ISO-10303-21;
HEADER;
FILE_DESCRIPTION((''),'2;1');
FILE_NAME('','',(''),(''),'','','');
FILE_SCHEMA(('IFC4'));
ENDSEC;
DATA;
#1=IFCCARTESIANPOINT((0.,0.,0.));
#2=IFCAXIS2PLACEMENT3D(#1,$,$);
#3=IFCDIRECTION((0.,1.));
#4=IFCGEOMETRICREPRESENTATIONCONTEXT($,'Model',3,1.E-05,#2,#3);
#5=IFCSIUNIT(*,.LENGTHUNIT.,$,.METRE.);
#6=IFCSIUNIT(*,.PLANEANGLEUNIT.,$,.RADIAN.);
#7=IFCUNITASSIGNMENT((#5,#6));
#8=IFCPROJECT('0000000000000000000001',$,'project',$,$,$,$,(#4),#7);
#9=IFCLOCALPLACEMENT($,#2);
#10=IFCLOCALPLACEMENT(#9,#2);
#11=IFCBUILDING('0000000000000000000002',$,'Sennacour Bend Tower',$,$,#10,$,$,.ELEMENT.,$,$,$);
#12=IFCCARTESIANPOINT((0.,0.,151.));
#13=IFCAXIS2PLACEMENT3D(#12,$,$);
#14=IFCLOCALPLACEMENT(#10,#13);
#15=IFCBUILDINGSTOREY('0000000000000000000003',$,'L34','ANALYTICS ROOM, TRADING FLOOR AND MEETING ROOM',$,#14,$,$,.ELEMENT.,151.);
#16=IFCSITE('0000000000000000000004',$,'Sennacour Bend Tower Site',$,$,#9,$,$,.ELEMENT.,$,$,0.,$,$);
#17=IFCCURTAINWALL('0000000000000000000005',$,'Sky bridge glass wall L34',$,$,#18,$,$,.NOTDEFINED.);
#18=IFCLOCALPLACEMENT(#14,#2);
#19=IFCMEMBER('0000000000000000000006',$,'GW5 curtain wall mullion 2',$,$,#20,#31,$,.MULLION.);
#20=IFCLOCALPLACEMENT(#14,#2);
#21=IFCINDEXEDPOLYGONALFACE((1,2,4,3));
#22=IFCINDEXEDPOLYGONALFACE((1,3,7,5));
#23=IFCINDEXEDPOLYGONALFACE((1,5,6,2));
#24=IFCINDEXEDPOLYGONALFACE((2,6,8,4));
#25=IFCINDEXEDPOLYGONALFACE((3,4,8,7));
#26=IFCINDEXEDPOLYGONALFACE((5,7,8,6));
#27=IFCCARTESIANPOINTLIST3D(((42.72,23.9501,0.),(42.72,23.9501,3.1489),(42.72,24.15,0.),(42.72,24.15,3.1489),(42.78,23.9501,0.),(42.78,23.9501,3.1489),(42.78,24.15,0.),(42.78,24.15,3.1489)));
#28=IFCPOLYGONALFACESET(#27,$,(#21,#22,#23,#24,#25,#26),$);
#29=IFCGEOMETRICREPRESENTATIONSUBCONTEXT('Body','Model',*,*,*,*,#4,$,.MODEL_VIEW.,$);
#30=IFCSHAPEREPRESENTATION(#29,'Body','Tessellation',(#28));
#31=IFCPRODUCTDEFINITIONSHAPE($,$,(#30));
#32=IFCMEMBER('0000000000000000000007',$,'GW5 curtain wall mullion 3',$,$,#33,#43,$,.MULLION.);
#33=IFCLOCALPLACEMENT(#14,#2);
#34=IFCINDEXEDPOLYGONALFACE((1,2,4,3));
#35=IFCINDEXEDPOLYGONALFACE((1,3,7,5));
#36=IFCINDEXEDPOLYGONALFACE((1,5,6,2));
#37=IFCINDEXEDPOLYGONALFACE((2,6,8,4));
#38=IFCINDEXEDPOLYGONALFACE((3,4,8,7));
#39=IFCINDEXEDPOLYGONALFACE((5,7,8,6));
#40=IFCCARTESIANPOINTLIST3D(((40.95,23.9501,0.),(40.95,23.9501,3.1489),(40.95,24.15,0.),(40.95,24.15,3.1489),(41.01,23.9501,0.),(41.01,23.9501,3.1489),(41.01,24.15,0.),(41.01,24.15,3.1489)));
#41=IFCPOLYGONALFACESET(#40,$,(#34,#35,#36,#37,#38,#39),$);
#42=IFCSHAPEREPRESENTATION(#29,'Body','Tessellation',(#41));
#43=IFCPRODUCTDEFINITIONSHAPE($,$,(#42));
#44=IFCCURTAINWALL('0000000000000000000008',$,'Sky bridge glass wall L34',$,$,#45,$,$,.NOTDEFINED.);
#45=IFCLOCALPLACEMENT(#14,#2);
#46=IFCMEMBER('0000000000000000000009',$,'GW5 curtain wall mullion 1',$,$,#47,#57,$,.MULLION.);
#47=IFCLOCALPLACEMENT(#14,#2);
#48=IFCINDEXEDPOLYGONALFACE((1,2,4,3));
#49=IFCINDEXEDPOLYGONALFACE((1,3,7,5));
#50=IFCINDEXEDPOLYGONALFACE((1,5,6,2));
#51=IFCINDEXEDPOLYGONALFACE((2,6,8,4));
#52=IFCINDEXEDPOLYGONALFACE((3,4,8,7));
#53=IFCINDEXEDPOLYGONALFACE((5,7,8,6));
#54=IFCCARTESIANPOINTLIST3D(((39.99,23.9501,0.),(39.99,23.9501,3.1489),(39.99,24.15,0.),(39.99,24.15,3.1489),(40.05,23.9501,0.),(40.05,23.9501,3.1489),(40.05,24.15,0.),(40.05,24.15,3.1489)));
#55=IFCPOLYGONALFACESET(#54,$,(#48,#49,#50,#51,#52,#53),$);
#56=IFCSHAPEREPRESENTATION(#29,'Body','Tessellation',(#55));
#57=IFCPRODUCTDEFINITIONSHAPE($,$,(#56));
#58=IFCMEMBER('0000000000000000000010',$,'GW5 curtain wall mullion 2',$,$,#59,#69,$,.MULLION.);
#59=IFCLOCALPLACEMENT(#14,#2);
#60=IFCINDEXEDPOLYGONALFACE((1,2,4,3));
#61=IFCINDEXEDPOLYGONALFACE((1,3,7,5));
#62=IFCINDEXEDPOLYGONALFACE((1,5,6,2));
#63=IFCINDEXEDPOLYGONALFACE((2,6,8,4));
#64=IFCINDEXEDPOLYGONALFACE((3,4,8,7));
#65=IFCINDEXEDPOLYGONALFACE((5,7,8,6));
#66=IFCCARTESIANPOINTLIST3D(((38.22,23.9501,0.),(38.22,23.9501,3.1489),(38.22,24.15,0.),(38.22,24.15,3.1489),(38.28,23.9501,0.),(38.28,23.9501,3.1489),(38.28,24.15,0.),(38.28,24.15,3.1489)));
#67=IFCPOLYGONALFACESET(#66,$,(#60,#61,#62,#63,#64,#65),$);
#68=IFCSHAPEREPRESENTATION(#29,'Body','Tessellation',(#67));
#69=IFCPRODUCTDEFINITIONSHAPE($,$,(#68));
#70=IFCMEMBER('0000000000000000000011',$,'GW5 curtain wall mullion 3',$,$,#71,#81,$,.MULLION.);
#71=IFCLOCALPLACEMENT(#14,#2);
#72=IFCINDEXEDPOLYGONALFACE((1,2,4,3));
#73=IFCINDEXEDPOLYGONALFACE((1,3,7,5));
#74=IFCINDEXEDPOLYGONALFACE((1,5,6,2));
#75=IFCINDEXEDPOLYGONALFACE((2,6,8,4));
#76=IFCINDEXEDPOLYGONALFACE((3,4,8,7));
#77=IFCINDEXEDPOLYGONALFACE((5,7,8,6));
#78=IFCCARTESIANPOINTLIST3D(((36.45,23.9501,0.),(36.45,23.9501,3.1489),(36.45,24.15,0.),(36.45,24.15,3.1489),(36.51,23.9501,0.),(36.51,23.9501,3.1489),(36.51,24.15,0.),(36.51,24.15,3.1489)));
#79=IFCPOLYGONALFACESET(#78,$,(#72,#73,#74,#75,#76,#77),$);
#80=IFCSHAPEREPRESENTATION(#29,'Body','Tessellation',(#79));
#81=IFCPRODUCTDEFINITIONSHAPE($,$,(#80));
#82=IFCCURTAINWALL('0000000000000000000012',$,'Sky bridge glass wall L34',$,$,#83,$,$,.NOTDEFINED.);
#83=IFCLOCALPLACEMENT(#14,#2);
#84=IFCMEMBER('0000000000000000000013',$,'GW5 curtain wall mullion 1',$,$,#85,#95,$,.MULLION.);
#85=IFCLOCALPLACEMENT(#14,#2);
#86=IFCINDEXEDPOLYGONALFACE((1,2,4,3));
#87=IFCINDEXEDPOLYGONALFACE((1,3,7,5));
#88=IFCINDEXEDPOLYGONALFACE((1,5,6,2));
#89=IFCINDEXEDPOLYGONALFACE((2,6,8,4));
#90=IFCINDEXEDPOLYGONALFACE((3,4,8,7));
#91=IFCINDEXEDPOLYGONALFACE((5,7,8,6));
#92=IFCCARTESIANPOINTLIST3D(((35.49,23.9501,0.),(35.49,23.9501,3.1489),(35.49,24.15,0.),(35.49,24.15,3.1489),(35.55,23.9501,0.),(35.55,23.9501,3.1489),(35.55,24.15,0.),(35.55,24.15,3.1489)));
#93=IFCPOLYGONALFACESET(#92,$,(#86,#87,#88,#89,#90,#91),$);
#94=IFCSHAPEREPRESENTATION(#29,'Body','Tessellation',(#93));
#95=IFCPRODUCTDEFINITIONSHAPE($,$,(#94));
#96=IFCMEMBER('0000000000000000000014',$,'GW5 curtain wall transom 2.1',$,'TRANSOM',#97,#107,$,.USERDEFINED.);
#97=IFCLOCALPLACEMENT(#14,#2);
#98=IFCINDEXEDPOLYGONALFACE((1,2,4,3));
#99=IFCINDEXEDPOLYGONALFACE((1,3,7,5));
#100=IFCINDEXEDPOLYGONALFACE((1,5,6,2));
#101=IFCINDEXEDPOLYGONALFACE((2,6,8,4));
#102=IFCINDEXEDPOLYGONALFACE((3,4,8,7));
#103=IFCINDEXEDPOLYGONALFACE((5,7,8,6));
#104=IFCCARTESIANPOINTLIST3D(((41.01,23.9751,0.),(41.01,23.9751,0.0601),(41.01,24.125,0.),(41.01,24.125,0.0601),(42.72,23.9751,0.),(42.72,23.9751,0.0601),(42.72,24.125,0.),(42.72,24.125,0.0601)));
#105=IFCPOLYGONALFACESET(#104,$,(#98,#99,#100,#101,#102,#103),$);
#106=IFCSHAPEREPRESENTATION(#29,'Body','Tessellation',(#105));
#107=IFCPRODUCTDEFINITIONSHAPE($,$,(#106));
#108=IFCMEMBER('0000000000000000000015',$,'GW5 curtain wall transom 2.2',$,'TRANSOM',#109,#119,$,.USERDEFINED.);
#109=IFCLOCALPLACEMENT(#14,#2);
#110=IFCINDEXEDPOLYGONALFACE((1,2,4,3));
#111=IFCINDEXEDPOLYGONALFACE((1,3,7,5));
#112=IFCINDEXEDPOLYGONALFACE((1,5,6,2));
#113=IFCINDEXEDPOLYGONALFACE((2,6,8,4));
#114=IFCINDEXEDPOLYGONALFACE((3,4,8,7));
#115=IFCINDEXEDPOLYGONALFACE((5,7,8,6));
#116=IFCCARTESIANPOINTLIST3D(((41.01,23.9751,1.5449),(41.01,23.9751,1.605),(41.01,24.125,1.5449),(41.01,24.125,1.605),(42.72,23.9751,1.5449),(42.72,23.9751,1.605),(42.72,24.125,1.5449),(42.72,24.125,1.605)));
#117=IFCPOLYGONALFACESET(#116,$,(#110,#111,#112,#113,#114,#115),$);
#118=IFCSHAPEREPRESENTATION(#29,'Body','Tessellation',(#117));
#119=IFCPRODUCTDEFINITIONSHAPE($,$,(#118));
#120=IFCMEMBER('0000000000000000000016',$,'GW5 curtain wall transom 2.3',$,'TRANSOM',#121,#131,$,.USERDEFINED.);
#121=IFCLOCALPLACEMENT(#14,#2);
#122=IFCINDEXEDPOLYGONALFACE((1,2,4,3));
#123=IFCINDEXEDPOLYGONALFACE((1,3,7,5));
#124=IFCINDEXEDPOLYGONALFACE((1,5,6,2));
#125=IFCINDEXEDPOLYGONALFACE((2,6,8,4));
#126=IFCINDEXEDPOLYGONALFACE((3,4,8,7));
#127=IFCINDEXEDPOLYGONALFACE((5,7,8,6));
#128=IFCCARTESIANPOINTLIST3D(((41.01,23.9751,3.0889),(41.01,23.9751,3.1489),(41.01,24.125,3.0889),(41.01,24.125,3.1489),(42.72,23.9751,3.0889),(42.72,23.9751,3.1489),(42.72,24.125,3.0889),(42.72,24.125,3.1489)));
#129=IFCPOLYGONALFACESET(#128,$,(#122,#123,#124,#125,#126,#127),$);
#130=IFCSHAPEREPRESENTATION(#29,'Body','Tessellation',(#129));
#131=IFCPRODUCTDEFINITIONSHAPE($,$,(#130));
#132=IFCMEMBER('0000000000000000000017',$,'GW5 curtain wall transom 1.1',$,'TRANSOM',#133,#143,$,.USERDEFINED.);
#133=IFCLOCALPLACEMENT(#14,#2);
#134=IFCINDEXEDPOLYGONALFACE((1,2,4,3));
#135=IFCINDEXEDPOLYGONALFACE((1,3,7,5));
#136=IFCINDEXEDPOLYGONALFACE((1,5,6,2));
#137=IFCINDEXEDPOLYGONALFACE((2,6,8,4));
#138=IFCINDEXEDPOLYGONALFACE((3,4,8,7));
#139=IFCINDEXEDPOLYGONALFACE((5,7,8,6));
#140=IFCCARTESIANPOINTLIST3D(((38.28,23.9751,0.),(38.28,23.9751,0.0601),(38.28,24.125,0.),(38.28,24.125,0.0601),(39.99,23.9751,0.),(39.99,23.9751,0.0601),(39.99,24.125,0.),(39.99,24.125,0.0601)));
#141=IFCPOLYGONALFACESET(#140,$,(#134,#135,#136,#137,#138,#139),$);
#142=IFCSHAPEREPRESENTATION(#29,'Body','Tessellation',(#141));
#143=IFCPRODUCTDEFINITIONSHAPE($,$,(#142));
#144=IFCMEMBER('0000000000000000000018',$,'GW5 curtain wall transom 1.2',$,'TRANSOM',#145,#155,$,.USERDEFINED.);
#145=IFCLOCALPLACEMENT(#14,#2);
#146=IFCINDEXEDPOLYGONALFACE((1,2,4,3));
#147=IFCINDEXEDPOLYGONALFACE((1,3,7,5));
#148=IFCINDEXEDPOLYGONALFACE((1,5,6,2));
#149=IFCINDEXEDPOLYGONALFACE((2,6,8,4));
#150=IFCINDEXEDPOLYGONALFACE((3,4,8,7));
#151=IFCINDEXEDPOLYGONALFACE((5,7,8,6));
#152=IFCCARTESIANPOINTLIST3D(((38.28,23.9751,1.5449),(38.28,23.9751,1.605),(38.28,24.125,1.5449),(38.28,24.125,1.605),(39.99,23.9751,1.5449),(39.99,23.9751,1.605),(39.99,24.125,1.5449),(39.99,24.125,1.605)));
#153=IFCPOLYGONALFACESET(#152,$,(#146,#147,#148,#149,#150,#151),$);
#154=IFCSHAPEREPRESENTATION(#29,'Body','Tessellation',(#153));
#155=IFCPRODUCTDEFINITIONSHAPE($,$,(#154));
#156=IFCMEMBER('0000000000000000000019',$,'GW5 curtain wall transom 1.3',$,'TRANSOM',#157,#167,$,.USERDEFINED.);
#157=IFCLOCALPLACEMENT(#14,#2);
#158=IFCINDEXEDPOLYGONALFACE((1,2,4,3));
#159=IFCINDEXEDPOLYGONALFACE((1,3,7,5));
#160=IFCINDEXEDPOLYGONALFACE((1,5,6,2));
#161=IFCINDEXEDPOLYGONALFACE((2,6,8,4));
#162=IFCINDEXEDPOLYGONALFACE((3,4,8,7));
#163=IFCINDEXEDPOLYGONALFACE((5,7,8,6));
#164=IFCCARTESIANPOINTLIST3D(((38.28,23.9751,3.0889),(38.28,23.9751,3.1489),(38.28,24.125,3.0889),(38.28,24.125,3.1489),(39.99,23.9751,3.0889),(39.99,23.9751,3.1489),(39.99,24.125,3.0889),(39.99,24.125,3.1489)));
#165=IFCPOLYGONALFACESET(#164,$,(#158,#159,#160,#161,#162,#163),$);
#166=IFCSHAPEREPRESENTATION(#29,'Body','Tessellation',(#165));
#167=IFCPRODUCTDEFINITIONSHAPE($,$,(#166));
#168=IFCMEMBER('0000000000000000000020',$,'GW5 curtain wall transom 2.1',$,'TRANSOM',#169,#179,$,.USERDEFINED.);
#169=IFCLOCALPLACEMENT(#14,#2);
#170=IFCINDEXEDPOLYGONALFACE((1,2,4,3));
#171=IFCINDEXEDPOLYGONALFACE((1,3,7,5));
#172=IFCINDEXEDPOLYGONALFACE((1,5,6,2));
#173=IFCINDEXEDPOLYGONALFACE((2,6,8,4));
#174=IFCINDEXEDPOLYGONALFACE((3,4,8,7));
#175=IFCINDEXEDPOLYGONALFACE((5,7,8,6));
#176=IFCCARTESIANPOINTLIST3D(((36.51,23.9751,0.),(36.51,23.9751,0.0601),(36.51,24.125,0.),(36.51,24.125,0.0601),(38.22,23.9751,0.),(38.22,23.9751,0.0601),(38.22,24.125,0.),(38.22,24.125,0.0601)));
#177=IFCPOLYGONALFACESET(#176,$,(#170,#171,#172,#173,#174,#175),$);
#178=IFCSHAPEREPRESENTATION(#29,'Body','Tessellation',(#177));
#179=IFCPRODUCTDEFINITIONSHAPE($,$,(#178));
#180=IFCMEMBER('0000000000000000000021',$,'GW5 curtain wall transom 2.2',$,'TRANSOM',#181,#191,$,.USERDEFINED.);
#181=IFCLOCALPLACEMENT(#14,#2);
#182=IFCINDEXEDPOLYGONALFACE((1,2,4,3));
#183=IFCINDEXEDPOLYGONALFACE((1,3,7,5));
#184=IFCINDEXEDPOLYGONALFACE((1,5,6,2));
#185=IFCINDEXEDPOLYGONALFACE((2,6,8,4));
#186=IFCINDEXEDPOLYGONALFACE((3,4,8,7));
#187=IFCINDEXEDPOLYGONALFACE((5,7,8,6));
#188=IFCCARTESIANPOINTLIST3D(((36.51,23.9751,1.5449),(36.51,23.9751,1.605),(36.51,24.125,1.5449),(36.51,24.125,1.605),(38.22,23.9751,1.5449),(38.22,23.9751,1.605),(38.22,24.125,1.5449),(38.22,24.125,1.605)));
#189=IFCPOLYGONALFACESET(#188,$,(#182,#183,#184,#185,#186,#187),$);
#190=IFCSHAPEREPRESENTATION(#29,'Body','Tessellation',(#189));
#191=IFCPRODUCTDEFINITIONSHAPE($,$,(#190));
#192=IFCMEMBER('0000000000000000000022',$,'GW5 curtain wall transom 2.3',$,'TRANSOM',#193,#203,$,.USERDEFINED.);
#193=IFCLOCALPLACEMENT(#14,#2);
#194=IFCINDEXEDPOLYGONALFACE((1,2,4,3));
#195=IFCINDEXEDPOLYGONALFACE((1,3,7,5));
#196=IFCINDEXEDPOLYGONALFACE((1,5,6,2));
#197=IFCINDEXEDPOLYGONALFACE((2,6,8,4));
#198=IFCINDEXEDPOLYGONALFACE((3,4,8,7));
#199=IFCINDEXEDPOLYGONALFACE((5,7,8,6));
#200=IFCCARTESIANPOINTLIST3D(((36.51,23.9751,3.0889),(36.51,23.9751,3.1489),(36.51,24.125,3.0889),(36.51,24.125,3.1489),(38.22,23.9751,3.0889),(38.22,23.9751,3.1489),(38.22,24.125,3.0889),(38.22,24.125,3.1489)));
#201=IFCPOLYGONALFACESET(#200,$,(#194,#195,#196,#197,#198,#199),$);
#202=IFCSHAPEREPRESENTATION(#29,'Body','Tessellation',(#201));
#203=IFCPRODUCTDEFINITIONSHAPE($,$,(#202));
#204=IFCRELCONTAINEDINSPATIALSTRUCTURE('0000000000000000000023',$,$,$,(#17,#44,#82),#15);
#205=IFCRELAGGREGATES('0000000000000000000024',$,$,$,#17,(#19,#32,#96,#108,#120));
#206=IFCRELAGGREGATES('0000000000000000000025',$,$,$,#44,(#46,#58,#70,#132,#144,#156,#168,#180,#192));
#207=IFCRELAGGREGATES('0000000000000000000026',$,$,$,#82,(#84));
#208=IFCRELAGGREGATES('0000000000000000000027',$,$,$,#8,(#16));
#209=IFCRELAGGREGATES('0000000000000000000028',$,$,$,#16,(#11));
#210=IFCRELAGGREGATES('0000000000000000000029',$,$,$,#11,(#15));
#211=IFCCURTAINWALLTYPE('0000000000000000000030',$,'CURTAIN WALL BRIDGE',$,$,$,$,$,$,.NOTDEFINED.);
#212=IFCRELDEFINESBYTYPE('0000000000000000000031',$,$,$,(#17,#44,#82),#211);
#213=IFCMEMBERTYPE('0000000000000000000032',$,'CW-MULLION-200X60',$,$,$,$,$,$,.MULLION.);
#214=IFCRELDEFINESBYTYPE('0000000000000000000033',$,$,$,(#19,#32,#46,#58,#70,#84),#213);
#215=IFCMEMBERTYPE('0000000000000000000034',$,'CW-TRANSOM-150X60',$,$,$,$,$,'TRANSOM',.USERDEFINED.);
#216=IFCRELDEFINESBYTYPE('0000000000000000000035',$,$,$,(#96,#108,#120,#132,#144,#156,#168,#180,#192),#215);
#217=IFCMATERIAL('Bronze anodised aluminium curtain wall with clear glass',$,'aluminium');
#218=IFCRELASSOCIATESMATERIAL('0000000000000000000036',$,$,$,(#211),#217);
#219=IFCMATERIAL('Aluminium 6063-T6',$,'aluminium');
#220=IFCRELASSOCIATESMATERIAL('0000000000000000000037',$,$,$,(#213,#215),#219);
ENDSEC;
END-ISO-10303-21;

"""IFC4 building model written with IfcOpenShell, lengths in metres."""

from ifc_helpers import new_model, si_unit, direction, frame, origin, origin_2d, place, context, subcontext, project, spatial, rectangle, extrude, material, material_profile, profile_set, type_object, element, aggregate, save


model = new_model("IFC4")

# Units and contexts
model_context = context("Model", 3, precision=1e-05, world=origin(), true_north=direction((0.0, 1.0)))
body_context = subcontext(model_context, "Body", "Model", "MODEL_VIEW")
ifc_project = project(units=[si_unit("LENGTHUNIT", "METRE"), si_unit("PLANEANGLEUNIT", "RADIAN")], contexts=[model_context])

# Site, building, storey
site_placement = place(None, origin())
site = spatial("IfcSite", under=ifc_project, at=site_placement, Name="Sennacour Bend Tower Site", CompositionType="ELEMENT", RefElevation=0.0)
building_placement = place(site_placement, origin())
building = spatial("IfcBuilding", under=site, at=building_placement, Name="Sennacour Bend Tower", CompositionType="ELEMENT")
storey_placement = place(building_placement, frame((0.0, 0.0, 151.0)))
storey = spatial("IfcBuildingStorey", under=building, at=storey_placement, Name="L34", Description="ANALYTICS ROOM, TRADING FLOOR AND MEETING ROOM", CompositionType="ELEMENT", Elevation=151.0)

# Curtain walls, members
ifc_material_1 = material(Name="Bronze anodised aluminium curtain wall with clear glass", Category="aluminium")
curtain_wall_type = type_object("IfcCurtainWallType", Name="CURTAIN WALL BRIDGE", PredefinedType="NOTDEFINED", material=ifc_material_1)
curtain_wall_1_placement = place(storey_placement, origin())
curtain_wall_1 = element("IfcCurtainWall", 1, at=curtain_wall_1_placement, inside=storey, type_object=curtain_wall_type, Name="Sky bridge glass wall L34", PredefinedType="NOTDEFINED")
ifc_material_2 = material(Name="Aluminium 6063-T6", Category="aluminium")
ifc_material_profile_1 = material_profile(ifc_material_2, rectangle(XDim=0.2, YDim=0.0601, at=origin_2d()), Name="Aluminium 6063-T6", Category="aluminium")
ifc_profile_set_1 = profile_set([ifc_material_profile_1], Name="Aluminium 6063-T6")
member_type_1 = type_object("IfcMemberType", Name="CW-MULLION-200X60", PredefinedType="MULLION", material=ifc_profile_set_1)
member_1_placement = place(storey_placement, frame((42.75, 24.05, 0.0), z_axis=(0.0, 0.0, 1.0), x_axis=(0.0, -1.0, 0.0)))
member_1 = element("IfcMember", 2, at=member_1_placement, type_object=member_type_1, Name="GW5 curtain wall mullion 2", PredefinedType="MULLION", context=body_context, shape_type="SweptSolid", body=[
    extrude(rectangle(XDim=0.2, YDim=0.0601, at=origin_2d()), origin(), (0.0, 0.0, 1.0), 3.1489),
])
member_2_placement = place(storey_placement, frame((40.98, 24.05, 0.0), z_axis=(0.0, 0.0, 1.0), x_axis=(0.0, -1.0, 0.0)))
member_2 = element("IfcMember", 3, at=member_2_placement, type_object=member_type_1, Name="GW5 curtain wall mullion 3", PredefinedType="MULLION", context=body_context, shape_type="SweptSolid", body=[
    extrude(rectangle(XDim=0.2, YDim=0.0601, at=origin_2d()), origin(), (0.0, 0.0, 1.0), 3.1489),
])
curtain_wall_2_placement = place(storey_placement, origin())
curtain_wall_2 = element("IfcCurtainWall", 4, at=curtain_wall_2_placement, inside=storey, type_object=curtain_wall_type, Name="Sky bridge glass wall L34", PredefinedType="NOTDEFINED")
member_3_placement = place(storey_placement, frame((40.02, 24.05, 0.0), z_axis=(0.0, 0.0, 1.0), x_axis=(0.0, -1.0, 0.0)))
member_3 = element("IfcMember", 5, at=member_3_placement, type_object=member_type_1, Name="GW5 curtain wall mullion 1", PredefinedType="MULLION", context=body_context, shape_type="SweptSolid", body=[
    extrude(rectangle(XDim=0.2, YDim=0.0601, at=origin_2d()), origin(), (0.0, 0.0, 1.0), 3.1489),
])
member_4_placement = place(storey_placement, frame((38.25, 24.05, 0.0), z_axis=(0.0, 0.0, 1.0), x_axis=(0.0, -1.0, 0.0)))
member_4 = element("IfcMember", 6, at=member_4_placement, type_object=member_type_1, Name="GW5 curtain wall mullion 2", PredefinedType="MULLION", context=body_context, shape_type="SweptSolid", body=[
    extrude(rectangle(XDim=0.2, YDim=0.0601, at=origin_2d()), origin(), (0.0, 0.0, 1.0), 3.1489),
])
member_5_placement = place(storey_placement, frame((36.48, 24.05, 0.0), z_axis=(0.0, 0.0, 1.0), x_axis=(0.0, -1.0, 0.0)))
member_5 = element("IfcMember", 7, at=member_5_placement, type_object=member_type_1, Name="GW5 curtain wall mullion 3", PredefinedType="MULLION", context=body_context, shape_type="SweptSolid", body=[
    extrude(rectangle(XDim=0.2, YDim=0.0601, at=origin_2d()), origin(), (0.0, 0.0, 1.0), 3.1489),
])

# Curtain wall, member
curtain_wall_3_placement = place(storey_placement, origin())
curtain_wall_3 = element("IfcCurtainWall", 8, at=curtain_wall_3_placement, inside=storey, type_object=curtain_wall_type, Name="Sky bridge glass wall L34", PredefinedType="NOTDEFINED")
member_6_placement = place(storey_placement, frame((35.52, 24.05, 0.0), z_axis=(0.0, 0.0, 1.0), x_axis=(0.0, -1.0, 0.0)))
member_6 = element("IfcMember", 9, at=member_6_placement, type_object=member_type_1, Name="GW5 curtain wall mullion 1", PredefinedType="MULLION", context=body_context, shape_type="SweptSolid", body=[
    extrude(rectangle(XDim=0.2, YDim=0.0601, at=origin_2d()), origin(), (0.0, 0.0, 1.0), 3.1489),
])

# Members
ifc_material_profile_2 = material_profile(ifc_material_2, rectangle(XDim=0.1499, YDim=0.0601, at=origin_2d()), Name="Aluminium 6063-T6", Category="aluminium")
ifc_profile_set_2 = profile_set([ifc_material_profile_2], Name="Aluminium 6063-T6")
member_type_2 = type_object("IfcMemberType", Name="CW-TRANSOM-150X60", ElementType="TRANSOM", PredefinedType="USERDEFINED", material=ifc_profile_set_2)
member_7_placement = place(storey_placement, frame((42.72, 24.05, 0.03), z_axis=(-1.0, 0.0, 0.0), x_axis=(0.0, -1.0, 0.0)))
member_7 = element("IfcMember", 10, at=member_7_placement, type_object=member_type_2, Name="GW5 curtain wall transom 2.1", ObjectType="TRANSOM", PredefinedType="USERDEFINED", context=body_context, shape_type="SweptSolid", body=[
    extrude(rectangle(XDim=0.1499, YDim=0.0601, at=origin_2d()), origin(), (0.0, 0.0, 1.0), 1.71),
])
member_8_placement = place(storey_placement, frame((42.72, 24.05, 1.575), z_axis=(-1.0, 0.0, 0.0), x_axis=(0.0, -1.0, 0.0)))
member_8 = element("IfcMember", 11, at=member_8_placement, type_object=member_type_2, Name="GW5 curtain wall transom 2.2", ObjectType="TRANSOM", PredefinedType="USERDEFINED", context=body_context, shape_type="SweptSolid", body=[
    extrude(rectangle(XDim=0.1499, YDim=0.0601, at=origin_2d()), origin(), (0.0, 0.0, 1.0), 1.71),
])
member_9_placement = place(storey_placement, frame((42.72, 24.05, 3.1189), z_axis=(-1.0, 0.0, 0.0), x_axis=(0.0, -1.0, 0.0)))
member_9 = element("IfcMember", 12, at=member_9_placement, type_object=member_type_2, Name="GW5 curtain wall transom 2.3", ObjectType="TRANSOM", PredefinedType="USERDEFINED", context=body_context, shape_type="SweptSolid", body=[
    extrude(rectangle(XDim=0.1499, YDim=0.0601, at=origin_2d()), origin(), (0.0, 0.0, 1.0), 1.71),
])
member_10_placement = place(storey_placement, frame((39.99, 24.05, 0.03), z_axis=(-1.0, 0.0, 0.0), x_axis=(0.0, -1.0, 0.0)))
member_10 = element("IfcMember", 13, at=member_10_placement, type_object=member_type_2, Name="GW5 curtain wall transom 1.1", ObjectType="TRANSOM", PredefinedType="USERDEFINED", context=body_context, shape_type="SweptSolid", body=[
    extrude(rectangle(XDim=0.1499, YDim=0.0601, at=origin_2d()), origin(), (0.0, 0.0, 1.0), 1.71),
])
member_11_placement = place(storey_placement, frame((39.99, 24.05, 1.575), z_axis=(-1.0, 0.0, 0.0), x_axis=(0.0, -1.0, 0.0)))
member_11 = element("IfcMember", 14, at=member_11_placement, type_object=member_type_2, Name="GW5 curtain wall transom 1.2", ObjectType="TRANSOM", PredefinedType="USERDEFINED", context=body_context, shape_type="SweptSolid", body=[
    extrude(rectangle(XDim=0.1499, YDim=0.0601, at=origin_2d()), origin(), (0.0, 0.0, 1.0), 1.71),
])
member_12_placement = place(storey_placement, frame((39.99, 24.05, 3.1189), z_axis=(-1.0, 0.0, 0.0), x_axis=(0.0, -1.0, 0.0)))
member_12 = element("IfcMember", 15, at=member_12_placement, type_object=member_type_2, Name="GW5 curtain wall transom 1.3", ObjectType="TRANSOM", PredefinedType="USERDEFINED", context=body_context, shape_type="SweptSolid", body=[
    extrude(rectangle(XDim=0.1499, YDim=0.0601, at=origin_2d()), origin(), (0.0, 0.0, 1.0), 1.71),
])
member_13_placement = place(storey_placement, frame((38.22, 24.05, 0.03), z_axis=(-1.0, 0.0, 0.0), x_axis=(0.0, -1.0, 0.0)))
member_13 = element("IfcMember", 16, at=member_13_placement, type_object=member_type_2, Name="GW5 curtain wall transom 2.1", ObjectType="TRANSOM", PredefinedType="USERDEFINED", context=body_context, shape_type="SweptSolid", body=[
    extrude(rectangle(XDim=0.1499, YDim=0.0601, at=origin_2d()), origin(), (0.0, 0.0, 1.0), 1.71),
])
member_14_placement = place(storey_placement, frame((38.22, 24.05, 1.575), z_axis=(-1.0, 0.0, 0.0), x_axis=(0.0, -1.0, 0.0)))
member_14 = element("IfcMember", 17, at=member_14_placement, type_object=member_type_2, Name="GW5 curtain wall transom 2.2", ObjectType="TRANSOM", PredefinedType="USERDEFINED", context=body_context, shape_type="SweptSolid", body=[
    extrude(rectangle(XDim=0.1499, YDim=0.0601, at=origin_2d()), origin(), (0.0, 0.0, 1.0), 1.71),
])
member_15_placement = place(storey_placement, frame((38.22, 24.05, 3.1189), z_axis=(-1.0, 0.0, 0.0), x_axis=(0.0, -1.0, 0.0)))
member_15 = element("IfcMember", 18, at=member_15_placement, type_object=member_type_2, Name="GW5 curtain wall transom 2.3", ObjectType="TRANSOM", PredefinedType="USERDEFINED", context=body_context, shape_type="SweptSolid", body=[
    extrude(rectangle(XDim=0.1499, YDim=0.0601, at=origin_2d()), origin(), (0.0, 0.0, 1.0), 1.71),
])

aggregate(curtain_wall_1, [member_1, member_2, member_7, member_8, member_9])
aggregate(curtain_wall_2, [member_3, member_4, member_5, member_10, member_11, member_12, member_13, member_14, member_15])
aggregate(curtain_wall_3, [member_6])

save(model, "model.ifc")
